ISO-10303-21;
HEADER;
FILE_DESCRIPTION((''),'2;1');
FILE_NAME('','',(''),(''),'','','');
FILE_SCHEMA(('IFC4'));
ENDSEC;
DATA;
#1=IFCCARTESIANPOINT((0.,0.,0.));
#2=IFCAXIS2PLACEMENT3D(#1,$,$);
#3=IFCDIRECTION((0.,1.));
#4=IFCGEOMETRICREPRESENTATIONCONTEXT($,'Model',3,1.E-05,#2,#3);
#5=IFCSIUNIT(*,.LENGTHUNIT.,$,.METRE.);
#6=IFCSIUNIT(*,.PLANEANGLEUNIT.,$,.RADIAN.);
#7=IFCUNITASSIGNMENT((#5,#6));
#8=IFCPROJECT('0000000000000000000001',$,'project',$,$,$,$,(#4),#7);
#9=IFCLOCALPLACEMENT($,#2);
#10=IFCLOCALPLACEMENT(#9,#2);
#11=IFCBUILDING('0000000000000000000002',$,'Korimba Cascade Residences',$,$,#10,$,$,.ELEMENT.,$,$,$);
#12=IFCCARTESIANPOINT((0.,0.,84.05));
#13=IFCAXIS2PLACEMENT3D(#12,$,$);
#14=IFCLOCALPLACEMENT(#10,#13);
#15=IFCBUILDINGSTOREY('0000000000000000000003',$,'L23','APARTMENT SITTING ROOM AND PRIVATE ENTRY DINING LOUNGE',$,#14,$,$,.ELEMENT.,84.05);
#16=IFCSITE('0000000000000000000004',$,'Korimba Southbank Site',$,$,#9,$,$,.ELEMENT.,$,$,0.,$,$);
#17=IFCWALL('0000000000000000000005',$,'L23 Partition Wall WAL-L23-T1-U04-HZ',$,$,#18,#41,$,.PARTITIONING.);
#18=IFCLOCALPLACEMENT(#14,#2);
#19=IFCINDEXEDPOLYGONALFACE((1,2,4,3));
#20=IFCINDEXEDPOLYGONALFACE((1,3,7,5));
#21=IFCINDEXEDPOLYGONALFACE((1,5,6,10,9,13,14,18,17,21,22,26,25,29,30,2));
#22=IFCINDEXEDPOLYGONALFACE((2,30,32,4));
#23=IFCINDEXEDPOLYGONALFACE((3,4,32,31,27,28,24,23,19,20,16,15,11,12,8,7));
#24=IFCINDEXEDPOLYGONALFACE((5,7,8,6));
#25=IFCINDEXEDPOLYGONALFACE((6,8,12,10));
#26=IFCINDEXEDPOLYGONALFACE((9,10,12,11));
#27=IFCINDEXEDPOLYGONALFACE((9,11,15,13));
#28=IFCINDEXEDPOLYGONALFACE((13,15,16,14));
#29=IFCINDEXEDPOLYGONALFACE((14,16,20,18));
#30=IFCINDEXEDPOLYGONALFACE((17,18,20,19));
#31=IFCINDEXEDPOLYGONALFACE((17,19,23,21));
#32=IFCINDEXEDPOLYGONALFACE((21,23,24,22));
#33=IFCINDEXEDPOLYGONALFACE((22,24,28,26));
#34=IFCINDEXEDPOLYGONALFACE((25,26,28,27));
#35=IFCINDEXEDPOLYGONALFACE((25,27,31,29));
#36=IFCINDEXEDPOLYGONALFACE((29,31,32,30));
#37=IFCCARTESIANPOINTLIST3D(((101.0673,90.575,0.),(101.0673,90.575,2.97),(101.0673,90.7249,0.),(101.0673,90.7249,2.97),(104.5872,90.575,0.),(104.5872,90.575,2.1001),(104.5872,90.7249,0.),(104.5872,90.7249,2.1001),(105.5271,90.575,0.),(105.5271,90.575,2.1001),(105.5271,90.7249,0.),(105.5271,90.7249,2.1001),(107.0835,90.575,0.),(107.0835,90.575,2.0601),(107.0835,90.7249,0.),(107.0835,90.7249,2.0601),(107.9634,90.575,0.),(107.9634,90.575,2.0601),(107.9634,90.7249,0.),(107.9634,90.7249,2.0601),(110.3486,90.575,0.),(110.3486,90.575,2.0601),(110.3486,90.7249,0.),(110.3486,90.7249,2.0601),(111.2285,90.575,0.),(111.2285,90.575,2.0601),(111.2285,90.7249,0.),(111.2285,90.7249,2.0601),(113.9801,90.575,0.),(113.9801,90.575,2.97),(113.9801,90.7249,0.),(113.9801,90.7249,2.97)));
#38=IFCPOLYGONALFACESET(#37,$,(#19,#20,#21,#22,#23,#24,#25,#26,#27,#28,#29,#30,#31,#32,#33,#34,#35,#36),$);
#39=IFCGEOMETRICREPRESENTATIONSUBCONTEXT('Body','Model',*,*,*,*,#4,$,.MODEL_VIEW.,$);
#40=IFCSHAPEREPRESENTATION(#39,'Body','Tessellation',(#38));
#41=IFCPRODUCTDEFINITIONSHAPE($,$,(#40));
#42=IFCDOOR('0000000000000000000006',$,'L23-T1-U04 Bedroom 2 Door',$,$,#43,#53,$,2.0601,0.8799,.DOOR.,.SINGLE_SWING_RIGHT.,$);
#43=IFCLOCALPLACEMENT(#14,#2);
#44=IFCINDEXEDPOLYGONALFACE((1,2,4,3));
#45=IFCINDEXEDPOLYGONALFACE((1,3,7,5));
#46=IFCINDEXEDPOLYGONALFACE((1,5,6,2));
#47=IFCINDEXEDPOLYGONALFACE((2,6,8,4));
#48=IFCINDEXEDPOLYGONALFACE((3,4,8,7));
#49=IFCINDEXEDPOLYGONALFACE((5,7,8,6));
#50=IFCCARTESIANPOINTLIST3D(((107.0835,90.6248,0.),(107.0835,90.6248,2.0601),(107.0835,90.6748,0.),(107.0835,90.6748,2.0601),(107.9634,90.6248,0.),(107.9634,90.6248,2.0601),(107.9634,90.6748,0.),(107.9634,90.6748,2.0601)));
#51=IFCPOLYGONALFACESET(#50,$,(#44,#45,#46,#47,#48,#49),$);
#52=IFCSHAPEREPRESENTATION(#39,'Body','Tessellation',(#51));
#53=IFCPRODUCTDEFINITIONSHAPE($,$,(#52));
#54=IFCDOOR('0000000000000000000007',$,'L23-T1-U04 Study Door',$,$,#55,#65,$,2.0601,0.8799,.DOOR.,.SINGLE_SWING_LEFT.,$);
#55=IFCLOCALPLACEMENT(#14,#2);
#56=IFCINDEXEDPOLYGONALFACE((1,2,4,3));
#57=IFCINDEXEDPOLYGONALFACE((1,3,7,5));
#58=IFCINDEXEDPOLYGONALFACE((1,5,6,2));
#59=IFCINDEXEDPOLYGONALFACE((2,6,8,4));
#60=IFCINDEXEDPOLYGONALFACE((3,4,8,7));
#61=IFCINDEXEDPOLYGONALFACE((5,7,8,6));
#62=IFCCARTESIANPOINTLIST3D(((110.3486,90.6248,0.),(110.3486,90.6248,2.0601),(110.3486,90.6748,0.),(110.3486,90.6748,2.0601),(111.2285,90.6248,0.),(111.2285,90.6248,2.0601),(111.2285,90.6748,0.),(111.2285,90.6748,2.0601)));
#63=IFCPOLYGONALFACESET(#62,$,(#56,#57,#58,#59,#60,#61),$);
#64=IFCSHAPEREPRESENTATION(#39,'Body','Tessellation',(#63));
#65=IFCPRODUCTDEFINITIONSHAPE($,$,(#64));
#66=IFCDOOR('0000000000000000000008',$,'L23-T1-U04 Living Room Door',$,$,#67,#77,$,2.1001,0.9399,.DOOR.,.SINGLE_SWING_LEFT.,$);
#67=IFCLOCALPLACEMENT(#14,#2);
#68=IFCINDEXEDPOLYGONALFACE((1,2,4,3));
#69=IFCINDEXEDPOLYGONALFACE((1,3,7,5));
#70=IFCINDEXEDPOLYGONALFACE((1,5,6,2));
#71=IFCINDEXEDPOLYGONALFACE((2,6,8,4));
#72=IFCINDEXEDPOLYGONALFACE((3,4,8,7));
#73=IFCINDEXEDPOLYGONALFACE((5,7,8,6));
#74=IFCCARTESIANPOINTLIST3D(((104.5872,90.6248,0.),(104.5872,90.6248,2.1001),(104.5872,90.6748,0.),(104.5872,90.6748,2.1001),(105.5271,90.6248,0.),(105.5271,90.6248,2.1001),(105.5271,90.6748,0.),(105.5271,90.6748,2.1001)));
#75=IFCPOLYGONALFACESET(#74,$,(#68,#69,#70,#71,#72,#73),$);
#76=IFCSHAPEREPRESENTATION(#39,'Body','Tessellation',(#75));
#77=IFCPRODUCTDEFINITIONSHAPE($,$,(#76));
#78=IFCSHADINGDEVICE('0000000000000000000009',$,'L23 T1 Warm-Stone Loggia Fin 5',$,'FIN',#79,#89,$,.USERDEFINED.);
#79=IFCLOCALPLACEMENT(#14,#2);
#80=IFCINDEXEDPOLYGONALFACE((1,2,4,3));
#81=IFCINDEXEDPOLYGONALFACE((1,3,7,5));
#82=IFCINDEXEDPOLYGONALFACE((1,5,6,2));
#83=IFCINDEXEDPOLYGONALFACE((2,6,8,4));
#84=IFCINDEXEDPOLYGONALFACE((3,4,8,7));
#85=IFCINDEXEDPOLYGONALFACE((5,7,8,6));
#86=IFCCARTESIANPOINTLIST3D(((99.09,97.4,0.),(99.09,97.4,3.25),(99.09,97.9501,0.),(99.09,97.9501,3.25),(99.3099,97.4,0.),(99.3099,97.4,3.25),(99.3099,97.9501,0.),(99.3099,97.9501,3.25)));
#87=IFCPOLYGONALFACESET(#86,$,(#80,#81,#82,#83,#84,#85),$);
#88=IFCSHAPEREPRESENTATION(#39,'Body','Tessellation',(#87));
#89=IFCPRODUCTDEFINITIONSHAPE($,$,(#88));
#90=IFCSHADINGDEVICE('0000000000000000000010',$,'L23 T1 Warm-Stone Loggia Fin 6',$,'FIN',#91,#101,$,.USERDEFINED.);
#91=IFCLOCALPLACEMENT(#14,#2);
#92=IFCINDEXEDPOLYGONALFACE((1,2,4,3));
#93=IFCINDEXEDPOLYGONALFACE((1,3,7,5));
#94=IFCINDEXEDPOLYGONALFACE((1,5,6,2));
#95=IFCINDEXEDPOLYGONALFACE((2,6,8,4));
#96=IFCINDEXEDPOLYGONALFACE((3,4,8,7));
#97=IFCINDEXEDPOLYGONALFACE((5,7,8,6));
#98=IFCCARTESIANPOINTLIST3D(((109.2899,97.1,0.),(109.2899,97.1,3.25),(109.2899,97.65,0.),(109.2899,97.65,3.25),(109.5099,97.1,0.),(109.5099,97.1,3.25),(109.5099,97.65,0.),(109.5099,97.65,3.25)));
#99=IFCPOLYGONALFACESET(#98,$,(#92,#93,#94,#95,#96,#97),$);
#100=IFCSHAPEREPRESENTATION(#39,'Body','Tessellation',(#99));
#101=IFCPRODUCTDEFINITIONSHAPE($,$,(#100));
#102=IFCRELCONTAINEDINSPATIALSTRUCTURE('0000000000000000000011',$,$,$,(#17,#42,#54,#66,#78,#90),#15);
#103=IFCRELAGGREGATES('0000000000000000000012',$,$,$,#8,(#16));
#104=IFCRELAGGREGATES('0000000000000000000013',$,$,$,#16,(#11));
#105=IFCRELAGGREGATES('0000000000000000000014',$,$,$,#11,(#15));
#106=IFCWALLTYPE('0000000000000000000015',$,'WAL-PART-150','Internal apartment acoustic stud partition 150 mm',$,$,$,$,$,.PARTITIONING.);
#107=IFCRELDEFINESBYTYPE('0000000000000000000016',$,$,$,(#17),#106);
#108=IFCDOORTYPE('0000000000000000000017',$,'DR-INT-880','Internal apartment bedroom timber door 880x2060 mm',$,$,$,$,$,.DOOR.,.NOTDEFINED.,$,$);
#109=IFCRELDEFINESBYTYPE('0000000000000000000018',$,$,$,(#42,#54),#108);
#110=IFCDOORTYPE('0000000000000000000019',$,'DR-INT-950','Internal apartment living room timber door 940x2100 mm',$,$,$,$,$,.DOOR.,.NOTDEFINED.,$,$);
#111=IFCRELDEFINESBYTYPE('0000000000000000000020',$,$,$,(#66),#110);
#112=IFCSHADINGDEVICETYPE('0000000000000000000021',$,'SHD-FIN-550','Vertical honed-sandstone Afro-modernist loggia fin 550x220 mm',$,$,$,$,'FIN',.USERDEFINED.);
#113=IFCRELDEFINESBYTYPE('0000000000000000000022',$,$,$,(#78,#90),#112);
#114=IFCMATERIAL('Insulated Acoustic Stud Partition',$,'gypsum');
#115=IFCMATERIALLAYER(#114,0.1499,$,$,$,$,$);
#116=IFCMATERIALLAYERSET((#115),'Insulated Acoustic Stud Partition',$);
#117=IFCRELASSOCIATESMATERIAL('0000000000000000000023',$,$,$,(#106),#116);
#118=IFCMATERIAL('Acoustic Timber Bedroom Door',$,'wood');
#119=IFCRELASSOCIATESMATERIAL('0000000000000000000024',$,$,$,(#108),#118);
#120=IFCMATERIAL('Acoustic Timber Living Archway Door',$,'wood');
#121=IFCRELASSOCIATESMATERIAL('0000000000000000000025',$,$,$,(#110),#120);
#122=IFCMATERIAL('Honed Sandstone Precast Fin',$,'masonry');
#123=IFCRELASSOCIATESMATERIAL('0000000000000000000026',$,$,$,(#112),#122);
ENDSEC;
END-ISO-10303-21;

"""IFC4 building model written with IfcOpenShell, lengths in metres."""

from ifc_helpers import new_model, si_unit, direction, frame, frame_2d, origin, origin_2d, place, context, subcontext, project, spatial, rectangle, extrude, material, layer, layer_set, type_object, element, fill, save


model = new_model("IFC4")

# Units and contexts
model_context = context("Model", 3, precision=1e-05, world=origin(), true_north=direction((0.0, 1.0)))
body_context = subcontext(model_context, "Body", "Model", "MODEL_VIEW")
ifc_project = project(units=[si_unit("LENGTHUNIT", "METRE"), si_unit("PLANEANGLEUNIT", "RADIAN")], contexts=[model_context])

# Site, building, storey
site_placement = place(None, origin())
site = spatial("IfcSite", under=ifc_project, at=site_placement, Name="Korimba Southbank Site", CompositionType="ELEMENT", RefElevation=0.0)
building_placement = place(site_placement, origin())
building = spatial("IfcBuilding", under=site, at=building_placement, Name="Korimba Cascade Residences", CompositionType="ELEMENT")
storey_placement = place(building_placement, frame((0.0, 0.0, 84.05)))
storey = spatial("IfcBuildingStorey", under=building, at=storey_placement, Name="L23", Description="APARTMENT SITTING ROOM AND PRIVATE ENTRY DINING LOUNGE", CompositionType="ELEMENT", Elevation=84.05)

# Shared definitions
ifc_material_1 = material(Name="Insulated Acoustic Stud Partition", Category="gypsum")
ifc_layer = layer(ifc_material_1, 0.1499)
ifc_layer_set = layer_set([ifc_layer], Name="Insulated Acoustic Stud Partition")
wall_type = type_object("IfcWallType", Name="WAL-PART-150", Description="Internal apartment acoustic stud partition 150 mm", PredefinedType="PARTITIONING", material=ifc_layer_set)

# Wall, openings, doors
wall_1_placement = place(storey_placement, frame((101.0671, 90.6499, 0.0), z_axis=(0.0, 0.0, 1.0), x_axis=(1.0, 0.0, 0.0)))
wall_1 = element("IfcWall", 1, at=wall_1_placement, inside=storey, type_object=wall_type, Name="L23 Partition Wall WAL-L23-T1-U04-HZ", PredefinedType="PARTITIONING", context=body_context, shape_type="SweptSolid", body=[
    extrude(rectangle(XDim=12.9128, YDim=0.1499, at=frame_2d((6.4565, 0.0))), origin(), (0.0, 0.0, 1.0), 2.97),
])
opening_1_placement = place(wall_1_placement, frame((3.52, 0.0, 0.0)))
opening_1 = element("IfcOpeningElement", 2, at=opening_1_placement, cuts=wall_1, PredefinedType="OPENING", context=body_context, shape_type="SweptSolid", body=[
    extrude(rectangle(XDim=0.9399, YDim=2.1001, at=frame_2d((0.47, 1.05))), frame((0.0, 0.085, 0.0), z_axis=(0.0, -1.0, 0.0), x_axis=(1.0, 0.0, 0.0)), (0.0, 0.0, 1.0), 0.1699),
])
opening_2_placement = place(wall_1_placement, frame((6.0164, 0.0, 0.0)))
opening_2 = element("IfcOpeningElement", 3, at=opening_2_placement, cuts=wall_1, PredefinedType="OPENING", context=body_context, shape_type="SweptSolid", body=[
    extrude(rectangle(XDim=0.8799, YDim=2.0601, at=frame_2d((0.4399, 1.03))), frame((0.0, 0.085, 0.0), z_axis=(0.0, -1.0, 0.0), x_axis=(1.0, 0.0, 0.0)), (0.0, 0.0, 1.0), 0.1699),
])
opening_3_placement = place(wall_1_placement, frame((9.2815, 0.0, 0.0)))
opening_3 = element("IfcOpeningElement", 4, at=opening_3_placement, cuts=wall_1, PredefinedType="OPENING", context=body_context, shape_type="SweptSolid", body=[
    extrude(rectangle(XDim=0.8799, YDim=2.0601, at=frame_2d((0.4399, 1.03))), frame((0.0, 0.085, 0.0), z_axis=(0.0, -1.0, 0.0), x_axis=(1.0, 0.0, 0.0)), (0.0, 0.0, 1.0), 0.1699),
])
ifc_material_2 = material(Name="Acoustic Timber Bedroom Door", Category="wood")
door_type_1 = type_object("IfcDoorType", Name="DR-INT-880", Description="Internal apartment bedroom timber door 880x2060 mm", OperationType="NOTDEFINED", PredefinedType="DOOR", material=ifc_material_2)
door_1_placement = place(opening_2_placement, origin())
door_1 = element("IfcDoor", 5, at=door_1_placement, inside=storey, type_object=door_type_1, Name="L23-T1-U04 Bedroom 2 Door", OperationType="SINGLE_SWING_RIGHT", OverallHeight=2.0601, OverallWidth=0.8799, PredefinedType="DOOR", context=body_context, shape_type="SweptSolid", body=[
    extrude(rectangle(XDim=0.8799, YDim=2.0601, at=frame_2d((0.4399, 1.03))), frame((0.0, 0.0249, 0.0), z_axis=(0.0, -1.0, 0.0), x_axis=(1.0, 0.0, 0.0)), (0.0, 0.0, 1.0), 0.05),
])
fill(opening_2, door_1)
door_2_placement = place(opening_3_placement, origin())
door_2 = element("IfcDoor", 6, at=door_2_placement, inside=storey, type_object=door_type_1, Name="L23-T1-U04 Study Door", OperationType="SINGLE_SWING_LEFT", OverallHeight=2.0601, OverallWidth=0.8799, PredefinedType="DOOR", context=body_context, shape_type="SweptSolid", body=[
    extrude(rectangle(XDim=0.8799, YDim=2.0601, at=frame_2d((0.4399, 1.03))), frame((0.0, 0.0249, 0.0), z_axis=(0.0, -1.0, 0.0), x_axis=(1.0, 0.0, 0.0)), (0.0, 0.0, 1.0), 0.05),
])
fill(opening_3, door_2)
ifc_material_3 = material(Name="Acoustic Timber Living Archway Door", Category="wood")
door_type_2 = type_object("IfcDoorType", Name="DR-INT-950", Description="Internal apartment living room timber door 940x2100 mm", OperationType="NOTDEFINED", PredefinedType="DOOR", material=ifc_material_3)
door_3_placement = place(opening_1_placement, origin())
door_3 = element("IfcDoor", 7, at=door_3_placement, inside=storey, type_object=door_type_2, Name="L23-T1-U04 Living Room Door", OperationType="SINGLE_SWING_LEFT", OverallHeight=2.1001, OverallWidth=0.9399, PredefinedType="DOOR", context=body_context, shape_type="SweptSolid", body=[
    extrude(rectangle(XDim=0.9399, YDim=2.1001, at=frame_2d((0.47, 1.05))), frame((0.0, 0.0249, 0.0), z_axis=(0.0, -1.0, 0.0), x_axis=(1.0, 0.0, 0.0)), (0.0, 0.0, 1.0), 0.05),
])
fill(opening_1, door_3)

# Shading devices
ifc_material_4 = material(Name="Honed Sandstone Precast Fin", Category="masonry")
shading_device_type = type_object("IfcShadingDeviceType", Name="SHD-FIN-550", Description="Vertical honed-sandstone Afro-modernist loggia fin 550x220 mm", ElementType="FIN", PredefinedType="USERDEFINED", material=ifc_material_4)
for number, where, z_axis, x_axis, name in (
    (8, (99.2, 97.675, 0.0), (0.0, 0.0, 1.0), (1.0, 0.0, 0.0), "L23 T1 Warm-Stone Loggia Fin 5"),
    (9, (109.3999, 97.375, 0.0), (0.0, 0.0, 1.0), (1.0, 0.0, 0.0), "L23 T1 Warm-Stone Loggia Fin 6"),
):
    element("IfcShadingDevice", number, at=place(storey_placement, frame(where, z_axis=z_axis, x_axis=x_axis)), inside=storey, type_object=shading_device_type, Name=name, ObjectType="FIN", PredefinedType="USERDEFINED", context=body_context, shape_type="SweptSolid", body=[
        extrude(rectangle(XDim=0.22, YDim=0.55, at=origin_2d()), origin(), (0.0, 0.0, 1.0), 3.25),
    ])

save(model, "model.ifc")
